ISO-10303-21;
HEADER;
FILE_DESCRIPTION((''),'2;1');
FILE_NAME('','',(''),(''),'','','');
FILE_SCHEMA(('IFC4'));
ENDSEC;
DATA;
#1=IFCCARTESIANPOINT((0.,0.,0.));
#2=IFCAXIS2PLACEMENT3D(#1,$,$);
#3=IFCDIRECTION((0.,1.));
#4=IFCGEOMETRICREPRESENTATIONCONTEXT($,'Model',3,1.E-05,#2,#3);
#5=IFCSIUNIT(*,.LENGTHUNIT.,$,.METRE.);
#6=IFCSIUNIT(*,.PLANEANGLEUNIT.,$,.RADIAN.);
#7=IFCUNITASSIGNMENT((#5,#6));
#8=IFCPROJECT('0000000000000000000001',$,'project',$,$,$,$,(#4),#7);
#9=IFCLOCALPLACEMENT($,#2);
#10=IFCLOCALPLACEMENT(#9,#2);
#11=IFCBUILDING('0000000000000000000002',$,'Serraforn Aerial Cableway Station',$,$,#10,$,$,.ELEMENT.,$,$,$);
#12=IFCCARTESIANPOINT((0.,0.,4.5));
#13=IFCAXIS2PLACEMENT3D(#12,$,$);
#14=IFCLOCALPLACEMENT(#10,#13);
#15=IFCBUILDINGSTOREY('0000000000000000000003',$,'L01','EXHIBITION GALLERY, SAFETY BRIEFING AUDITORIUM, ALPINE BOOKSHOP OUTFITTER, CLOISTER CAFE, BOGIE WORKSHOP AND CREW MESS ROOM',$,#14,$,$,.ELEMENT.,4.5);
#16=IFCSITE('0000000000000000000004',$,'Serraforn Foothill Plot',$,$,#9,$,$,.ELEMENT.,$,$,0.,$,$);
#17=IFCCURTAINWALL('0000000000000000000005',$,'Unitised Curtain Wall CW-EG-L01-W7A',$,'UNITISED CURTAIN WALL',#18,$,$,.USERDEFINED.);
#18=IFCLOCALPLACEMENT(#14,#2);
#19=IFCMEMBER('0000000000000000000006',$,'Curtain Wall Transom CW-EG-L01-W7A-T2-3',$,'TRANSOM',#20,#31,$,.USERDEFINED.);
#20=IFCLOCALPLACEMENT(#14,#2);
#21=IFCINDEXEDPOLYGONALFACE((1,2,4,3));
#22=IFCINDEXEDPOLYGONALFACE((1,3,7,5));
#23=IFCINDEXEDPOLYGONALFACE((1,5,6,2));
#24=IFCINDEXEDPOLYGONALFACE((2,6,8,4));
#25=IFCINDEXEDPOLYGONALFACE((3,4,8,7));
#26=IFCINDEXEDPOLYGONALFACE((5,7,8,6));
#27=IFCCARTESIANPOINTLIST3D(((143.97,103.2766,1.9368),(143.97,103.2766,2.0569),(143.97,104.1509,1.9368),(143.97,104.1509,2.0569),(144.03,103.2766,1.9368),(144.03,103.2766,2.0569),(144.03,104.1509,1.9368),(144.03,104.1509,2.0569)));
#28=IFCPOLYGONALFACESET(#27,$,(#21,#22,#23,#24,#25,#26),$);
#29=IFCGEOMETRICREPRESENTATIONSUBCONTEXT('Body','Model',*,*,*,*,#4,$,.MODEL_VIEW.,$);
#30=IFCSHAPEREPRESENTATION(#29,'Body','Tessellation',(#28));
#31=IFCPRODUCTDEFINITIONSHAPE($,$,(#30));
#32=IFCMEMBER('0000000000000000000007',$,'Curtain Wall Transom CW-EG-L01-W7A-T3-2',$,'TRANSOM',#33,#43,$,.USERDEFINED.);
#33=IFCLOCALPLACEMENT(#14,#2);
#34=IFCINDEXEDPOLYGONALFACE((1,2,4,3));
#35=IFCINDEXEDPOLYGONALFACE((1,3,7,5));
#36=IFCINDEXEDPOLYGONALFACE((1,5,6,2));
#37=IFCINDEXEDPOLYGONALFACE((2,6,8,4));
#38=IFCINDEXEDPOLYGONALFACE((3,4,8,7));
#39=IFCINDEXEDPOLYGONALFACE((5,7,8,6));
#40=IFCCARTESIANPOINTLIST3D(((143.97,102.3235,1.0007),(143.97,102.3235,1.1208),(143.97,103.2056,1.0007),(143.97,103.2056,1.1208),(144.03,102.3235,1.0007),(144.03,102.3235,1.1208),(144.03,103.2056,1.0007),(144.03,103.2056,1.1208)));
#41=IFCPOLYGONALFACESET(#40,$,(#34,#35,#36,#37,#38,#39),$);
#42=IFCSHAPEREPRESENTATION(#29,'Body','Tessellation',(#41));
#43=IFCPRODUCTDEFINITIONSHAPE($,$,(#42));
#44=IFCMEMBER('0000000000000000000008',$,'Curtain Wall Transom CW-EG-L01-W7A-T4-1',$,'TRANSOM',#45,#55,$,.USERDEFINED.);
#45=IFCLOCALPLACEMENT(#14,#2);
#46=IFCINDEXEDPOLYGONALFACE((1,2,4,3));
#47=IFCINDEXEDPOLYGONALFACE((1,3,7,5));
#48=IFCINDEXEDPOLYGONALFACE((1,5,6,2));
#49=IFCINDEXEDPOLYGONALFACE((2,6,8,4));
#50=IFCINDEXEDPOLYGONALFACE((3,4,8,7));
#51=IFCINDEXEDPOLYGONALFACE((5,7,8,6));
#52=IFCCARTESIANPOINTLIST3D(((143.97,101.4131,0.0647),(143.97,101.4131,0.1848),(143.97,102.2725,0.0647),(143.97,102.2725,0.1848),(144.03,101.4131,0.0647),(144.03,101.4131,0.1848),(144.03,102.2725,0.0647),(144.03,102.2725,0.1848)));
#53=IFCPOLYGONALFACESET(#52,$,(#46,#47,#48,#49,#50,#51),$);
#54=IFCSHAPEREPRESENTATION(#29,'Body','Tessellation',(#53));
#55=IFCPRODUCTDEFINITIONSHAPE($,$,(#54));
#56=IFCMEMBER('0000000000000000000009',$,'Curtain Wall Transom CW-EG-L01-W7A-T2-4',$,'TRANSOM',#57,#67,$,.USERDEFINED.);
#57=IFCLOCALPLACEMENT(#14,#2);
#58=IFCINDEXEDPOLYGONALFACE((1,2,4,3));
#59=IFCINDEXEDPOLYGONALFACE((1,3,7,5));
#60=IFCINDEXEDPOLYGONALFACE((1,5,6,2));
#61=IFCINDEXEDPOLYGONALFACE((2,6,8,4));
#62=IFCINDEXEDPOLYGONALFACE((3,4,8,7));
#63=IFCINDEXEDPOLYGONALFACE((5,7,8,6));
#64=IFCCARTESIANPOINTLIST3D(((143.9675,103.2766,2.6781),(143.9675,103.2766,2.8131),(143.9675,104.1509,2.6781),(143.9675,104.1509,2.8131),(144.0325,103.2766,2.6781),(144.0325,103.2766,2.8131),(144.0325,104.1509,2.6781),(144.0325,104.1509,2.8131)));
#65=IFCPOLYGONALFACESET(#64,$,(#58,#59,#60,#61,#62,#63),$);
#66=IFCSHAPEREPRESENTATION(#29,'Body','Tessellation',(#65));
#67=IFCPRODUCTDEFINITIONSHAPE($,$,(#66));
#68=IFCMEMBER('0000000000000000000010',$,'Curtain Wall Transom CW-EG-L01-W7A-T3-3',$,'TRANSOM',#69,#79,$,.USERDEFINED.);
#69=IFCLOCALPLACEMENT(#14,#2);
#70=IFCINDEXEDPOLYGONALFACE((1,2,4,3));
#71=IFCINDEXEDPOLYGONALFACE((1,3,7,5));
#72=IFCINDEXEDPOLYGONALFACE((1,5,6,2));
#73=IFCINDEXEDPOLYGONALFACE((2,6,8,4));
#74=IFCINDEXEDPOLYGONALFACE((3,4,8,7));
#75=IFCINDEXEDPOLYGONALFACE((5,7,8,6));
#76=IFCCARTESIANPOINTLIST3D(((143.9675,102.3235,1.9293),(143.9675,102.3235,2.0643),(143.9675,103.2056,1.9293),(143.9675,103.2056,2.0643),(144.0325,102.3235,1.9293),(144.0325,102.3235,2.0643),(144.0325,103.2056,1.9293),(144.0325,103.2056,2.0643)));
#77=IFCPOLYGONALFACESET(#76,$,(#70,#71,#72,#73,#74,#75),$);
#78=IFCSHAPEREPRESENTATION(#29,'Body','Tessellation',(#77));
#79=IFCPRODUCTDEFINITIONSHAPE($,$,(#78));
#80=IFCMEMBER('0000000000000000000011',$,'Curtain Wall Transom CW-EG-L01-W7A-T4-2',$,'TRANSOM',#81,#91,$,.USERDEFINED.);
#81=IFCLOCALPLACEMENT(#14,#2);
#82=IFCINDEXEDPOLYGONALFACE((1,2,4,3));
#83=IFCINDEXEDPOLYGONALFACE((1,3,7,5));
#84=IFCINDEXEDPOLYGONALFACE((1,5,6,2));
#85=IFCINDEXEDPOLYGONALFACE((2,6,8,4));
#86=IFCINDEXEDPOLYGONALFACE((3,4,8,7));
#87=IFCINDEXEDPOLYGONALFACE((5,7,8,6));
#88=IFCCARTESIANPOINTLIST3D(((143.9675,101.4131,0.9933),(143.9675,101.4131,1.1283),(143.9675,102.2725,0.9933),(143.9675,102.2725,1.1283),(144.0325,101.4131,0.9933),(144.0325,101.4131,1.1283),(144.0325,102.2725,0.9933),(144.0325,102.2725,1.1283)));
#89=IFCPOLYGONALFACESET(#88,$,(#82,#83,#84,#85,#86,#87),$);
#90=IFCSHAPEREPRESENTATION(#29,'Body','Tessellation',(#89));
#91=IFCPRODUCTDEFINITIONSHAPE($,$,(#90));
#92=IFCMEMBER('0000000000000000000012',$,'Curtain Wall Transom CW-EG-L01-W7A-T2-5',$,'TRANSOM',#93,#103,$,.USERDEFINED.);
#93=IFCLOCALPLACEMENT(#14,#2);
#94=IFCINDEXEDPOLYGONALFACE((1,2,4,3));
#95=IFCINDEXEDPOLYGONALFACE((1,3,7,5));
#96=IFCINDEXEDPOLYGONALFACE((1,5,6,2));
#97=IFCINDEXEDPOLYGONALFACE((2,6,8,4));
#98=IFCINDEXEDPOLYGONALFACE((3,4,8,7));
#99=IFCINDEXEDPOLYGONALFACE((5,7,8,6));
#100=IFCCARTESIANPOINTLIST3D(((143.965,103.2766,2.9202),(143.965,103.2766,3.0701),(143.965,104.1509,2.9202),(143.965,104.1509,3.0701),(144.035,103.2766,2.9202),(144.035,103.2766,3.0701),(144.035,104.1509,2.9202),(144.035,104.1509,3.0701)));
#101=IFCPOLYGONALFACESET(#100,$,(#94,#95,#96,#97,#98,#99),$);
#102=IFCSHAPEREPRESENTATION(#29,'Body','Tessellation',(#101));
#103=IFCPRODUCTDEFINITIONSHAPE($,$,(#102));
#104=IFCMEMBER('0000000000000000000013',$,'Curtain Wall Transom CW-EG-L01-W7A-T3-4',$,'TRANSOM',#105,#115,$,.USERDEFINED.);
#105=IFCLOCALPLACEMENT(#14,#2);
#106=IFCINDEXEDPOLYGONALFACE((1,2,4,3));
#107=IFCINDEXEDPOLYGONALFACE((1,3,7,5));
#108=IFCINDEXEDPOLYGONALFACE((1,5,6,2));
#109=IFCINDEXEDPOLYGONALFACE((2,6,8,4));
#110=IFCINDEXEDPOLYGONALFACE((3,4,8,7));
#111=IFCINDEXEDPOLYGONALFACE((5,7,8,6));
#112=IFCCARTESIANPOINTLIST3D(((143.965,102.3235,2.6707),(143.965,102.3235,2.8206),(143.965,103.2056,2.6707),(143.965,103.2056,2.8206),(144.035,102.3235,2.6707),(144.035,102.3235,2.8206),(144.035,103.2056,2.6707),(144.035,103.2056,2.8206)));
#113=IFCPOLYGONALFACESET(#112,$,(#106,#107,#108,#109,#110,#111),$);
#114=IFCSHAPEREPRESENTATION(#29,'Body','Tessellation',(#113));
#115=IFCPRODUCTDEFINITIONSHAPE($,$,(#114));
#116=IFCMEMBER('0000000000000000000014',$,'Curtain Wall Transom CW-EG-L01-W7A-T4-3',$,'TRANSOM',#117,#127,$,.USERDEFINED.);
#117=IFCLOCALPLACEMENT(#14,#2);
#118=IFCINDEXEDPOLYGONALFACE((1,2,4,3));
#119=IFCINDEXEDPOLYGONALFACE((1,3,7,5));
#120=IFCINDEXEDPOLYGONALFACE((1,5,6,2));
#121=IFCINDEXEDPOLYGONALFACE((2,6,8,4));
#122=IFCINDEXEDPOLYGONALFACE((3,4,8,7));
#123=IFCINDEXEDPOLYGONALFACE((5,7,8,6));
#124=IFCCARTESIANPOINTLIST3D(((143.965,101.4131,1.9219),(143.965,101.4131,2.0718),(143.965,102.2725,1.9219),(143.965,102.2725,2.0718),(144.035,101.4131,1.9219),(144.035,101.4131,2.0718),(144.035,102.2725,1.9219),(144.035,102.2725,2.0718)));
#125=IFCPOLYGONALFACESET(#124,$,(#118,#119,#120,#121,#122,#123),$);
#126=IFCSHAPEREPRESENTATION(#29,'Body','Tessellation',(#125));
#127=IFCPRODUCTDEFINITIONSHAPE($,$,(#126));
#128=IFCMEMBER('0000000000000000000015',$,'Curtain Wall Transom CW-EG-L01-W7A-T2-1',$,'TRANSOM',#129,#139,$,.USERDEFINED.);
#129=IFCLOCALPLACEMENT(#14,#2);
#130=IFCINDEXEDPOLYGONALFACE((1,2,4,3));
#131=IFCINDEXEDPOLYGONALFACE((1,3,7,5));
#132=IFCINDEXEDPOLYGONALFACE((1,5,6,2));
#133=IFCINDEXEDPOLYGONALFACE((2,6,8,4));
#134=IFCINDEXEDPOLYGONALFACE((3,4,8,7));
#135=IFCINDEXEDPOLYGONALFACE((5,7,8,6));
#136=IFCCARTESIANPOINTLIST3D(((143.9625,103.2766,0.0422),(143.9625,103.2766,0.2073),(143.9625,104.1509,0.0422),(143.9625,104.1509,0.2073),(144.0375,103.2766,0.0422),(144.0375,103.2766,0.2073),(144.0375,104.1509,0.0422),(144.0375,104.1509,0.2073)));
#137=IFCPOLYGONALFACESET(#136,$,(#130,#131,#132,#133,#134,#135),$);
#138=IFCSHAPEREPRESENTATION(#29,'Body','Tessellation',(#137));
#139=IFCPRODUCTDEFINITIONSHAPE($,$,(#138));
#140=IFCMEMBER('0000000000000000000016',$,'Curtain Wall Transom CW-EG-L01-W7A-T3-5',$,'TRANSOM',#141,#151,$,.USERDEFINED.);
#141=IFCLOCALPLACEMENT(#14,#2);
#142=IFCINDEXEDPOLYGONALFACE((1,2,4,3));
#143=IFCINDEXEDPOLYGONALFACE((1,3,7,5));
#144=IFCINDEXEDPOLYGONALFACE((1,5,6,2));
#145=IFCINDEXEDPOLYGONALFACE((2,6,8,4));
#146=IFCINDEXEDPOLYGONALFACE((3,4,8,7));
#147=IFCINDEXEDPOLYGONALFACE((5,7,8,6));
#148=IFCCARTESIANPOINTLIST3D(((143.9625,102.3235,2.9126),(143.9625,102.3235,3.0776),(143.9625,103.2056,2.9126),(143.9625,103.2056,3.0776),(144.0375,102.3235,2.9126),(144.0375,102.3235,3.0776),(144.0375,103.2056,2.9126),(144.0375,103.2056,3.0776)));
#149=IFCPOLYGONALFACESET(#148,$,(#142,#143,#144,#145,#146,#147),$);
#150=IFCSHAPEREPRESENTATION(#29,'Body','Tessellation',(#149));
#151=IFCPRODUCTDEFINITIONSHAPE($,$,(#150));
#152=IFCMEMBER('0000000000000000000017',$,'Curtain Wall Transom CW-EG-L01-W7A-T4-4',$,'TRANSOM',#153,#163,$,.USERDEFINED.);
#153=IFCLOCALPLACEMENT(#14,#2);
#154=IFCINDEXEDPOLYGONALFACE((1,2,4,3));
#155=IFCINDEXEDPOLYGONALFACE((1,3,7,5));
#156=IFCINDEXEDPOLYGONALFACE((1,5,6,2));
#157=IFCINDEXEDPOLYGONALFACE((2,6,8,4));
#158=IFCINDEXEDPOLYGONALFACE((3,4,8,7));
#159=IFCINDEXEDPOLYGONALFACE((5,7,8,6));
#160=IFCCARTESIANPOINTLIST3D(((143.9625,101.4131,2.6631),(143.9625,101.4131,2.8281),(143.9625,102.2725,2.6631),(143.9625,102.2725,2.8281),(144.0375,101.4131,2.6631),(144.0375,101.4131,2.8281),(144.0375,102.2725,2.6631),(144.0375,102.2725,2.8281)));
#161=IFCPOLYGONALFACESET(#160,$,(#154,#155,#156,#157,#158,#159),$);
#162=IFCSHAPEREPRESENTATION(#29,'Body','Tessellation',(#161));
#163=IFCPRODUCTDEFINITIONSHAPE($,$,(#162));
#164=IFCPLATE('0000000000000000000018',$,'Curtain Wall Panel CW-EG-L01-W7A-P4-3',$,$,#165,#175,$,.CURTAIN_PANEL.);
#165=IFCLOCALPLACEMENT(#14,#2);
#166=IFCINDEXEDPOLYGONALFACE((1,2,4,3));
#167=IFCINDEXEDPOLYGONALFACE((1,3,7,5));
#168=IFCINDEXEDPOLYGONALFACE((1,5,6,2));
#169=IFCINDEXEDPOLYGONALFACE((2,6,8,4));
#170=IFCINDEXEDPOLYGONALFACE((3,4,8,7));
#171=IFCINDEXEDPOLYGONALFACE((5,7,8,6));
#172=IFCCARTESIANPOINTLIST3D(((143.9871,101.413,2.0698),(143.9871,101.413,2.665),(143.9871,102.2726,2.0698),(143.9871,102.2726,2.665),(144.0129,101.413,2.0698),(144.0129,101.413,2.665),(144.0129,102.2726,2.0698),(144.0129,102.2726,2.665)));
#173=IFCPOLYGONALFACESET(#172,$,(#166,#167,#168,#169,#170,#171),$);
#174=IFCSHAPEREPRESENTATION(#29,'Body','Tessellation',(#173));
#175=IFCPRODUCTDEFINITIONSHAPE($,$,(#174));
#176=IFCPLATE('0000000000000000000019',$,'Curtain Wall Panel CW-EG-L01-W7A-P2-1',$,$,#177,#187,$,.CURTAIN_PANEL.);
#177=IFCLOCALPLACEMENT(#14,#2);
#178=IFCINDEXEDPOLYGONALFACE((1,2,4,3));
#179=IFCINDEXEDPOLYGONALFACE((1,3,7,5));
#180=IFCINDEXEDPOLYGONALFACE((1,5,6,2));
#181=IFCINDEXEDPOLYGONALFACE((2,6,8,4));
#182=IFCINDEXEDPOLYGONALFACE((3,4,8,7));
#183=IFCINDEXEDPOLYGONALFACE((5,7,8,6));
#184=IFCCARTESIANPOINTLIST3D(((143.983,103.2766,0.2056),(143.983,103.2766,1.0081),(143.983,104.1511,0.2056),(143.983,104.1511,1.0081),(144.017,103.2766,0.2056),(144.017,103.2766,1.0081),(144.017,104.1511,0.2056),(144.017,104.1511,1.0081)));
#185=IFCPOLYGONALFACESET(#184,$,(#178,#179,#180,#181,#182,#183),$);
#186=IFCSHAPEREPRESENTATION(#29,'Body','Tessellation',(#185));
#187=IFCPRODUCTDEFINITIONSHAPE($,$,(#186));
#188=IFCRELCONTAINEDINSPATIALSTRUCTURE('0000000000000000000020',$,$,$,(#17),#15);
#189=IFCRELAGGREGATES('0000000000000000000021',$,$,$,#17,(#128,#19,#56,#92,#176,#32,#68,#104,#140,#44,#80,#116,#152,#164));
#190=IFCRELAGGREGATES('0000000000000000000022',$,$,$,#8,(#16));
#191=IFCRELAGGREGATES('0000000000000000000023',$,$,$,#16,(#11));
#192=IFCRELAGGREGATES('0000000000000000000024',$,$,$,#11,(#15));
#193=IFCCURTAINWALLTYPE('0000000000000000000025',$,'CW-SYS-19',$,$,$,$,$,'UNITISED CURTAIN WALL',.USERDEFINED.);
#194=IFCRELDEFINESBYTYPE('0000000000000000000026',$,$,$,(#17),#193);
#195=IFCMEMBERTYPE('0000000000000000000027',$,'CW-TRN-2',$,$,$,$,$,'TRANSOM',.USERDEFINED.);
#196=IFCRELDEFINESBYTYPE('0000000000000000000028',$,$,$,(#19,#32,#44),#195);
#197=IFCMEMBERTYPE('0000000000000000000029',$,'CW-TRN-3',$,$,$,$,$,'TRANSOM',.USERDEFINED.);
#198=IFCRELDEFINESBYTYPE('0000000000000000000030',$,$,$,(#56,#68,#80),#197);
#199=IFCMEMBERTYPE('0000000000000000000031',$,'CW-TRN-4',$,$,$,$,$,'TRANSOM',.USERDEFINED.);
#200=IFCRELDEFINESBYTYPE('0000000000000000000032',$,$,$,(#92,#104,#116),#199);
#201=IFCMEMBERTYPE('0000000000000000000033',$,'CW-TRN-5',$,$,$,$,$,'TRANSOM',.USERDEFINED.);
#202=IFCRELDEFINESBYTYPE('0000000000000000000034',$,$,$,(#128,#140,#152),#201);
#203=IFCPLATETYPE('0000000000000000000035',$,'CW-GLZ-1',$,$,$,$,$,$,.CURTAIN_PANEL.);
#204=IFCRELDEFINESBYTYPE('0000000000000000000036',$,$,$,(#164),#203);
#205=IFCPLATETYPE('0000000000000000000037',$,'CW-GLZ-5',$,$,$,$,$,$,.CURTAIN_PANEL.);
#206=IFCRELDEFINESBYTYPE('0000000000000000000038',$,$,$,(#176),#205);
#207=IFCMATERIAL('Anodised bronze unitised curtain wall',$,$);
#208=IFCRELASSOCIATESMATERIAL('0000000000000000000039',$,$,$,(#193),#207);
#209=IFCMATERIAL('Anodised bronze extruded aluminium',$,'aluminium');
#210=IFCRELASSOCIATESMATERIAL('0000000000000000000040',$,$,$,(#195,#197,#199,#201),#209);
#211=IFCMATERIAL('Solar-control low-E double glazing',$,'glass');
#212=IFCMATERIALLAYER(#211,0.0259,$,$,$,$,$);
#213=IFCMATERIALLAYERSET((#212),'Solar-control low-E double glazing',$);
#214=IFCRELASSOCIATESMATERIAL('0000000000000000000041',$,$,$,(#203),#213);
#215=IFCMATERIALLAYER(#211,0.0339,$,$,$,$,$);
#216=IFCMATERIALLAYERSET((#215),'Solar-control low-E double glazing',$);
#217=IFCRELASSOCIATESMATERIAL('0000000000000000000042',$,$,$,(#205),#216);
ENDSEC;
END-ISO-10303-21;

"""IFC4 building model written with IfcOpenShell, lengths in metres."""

from ifc_helpers import new_model, si_unit, direction, frame, origin, origin_2d, place, context, subcontext, project, spatial, rectangle, extrude, material, layer, layer_set, material_profile, profile_set, type_object, element, aggregate, save


model = new_model("IFC4")

# Units and contexts
model_context = context("Model", 3, precision=1e-05, world=origin(), true_north=direction((0.0, 1.0)))
body_context = subcontext(model_context, "Body", "Model", "MODEL_VIEW")
ifc_project = project(units=[si_unit("LENGTHUNIT", "METRE"), si_unit("PLANEANGLEUNIT", "RADIAN")], contexts=[model_context])

# Site, building, storey
site_placement = place(None, origin())
site = spatial("IfcSite", under=ifc_project, at=site_placement, Name="Serraforn Foothill Plot", CompositionType="ELEMENT", RefElevation=0.0)
building_placement = place(site_placement, origin())
building = spatial("IfcBuilding", under=site, at=building_placement, Name="Serraforn Aerial Cableway Station", CompositionType="ELEMENT")
storey_placement = place(building_placement, frame((0.0, 0.0, 4.5)))
storey = spatial("IfcBuildingStorey", under=building, at=storey_placement, Name="L01", Description="EXHIBITION GALLERY, SAFETY BRIEFING AUDITORIUM, ALPINE BOOKSHOP OUTFITTER, CLOISTER CAFE, BOGIE WORKSHOP AND CREW MESS ROOM", CompositionType="ELEMENT", Elevation=4.5)

# Curtain wall, members, plates
ifc_material_1 = material(Name="Anodised bronze unitised curtain wall")
curtain_wall_type = type_object("IfcCurtainWallType", Name="CW-SYS-19", ElementType="UNITISED CURTAIN WALL", PredefinedType="USERDEFINED", material=ifc_material_1)
curtain_wall_placement = place(storey_placement, origin())
curtain_wall = element("IfcCurtainWall", 1, at=curtain_wall_placement, inside=storey, type_object=curtain_wall_type, Name="Unitised Curtain Wall CW-EG-L01-W7A", ObjectType="UNITISED CURTAIN WALL", PredefinedType="USERDEFINED")
ifc_material_2 = material(Name="Anodised bronze extruded aluminium", Category="aluminium")
ifc_material_profile_1 = material_profile(ifc_material_2, rectangle(XDim=0.0601, YDim=0.1201, at=origin_2d()), Name="CW TRANSOM 60x120")
ifc_profile_set_1 = profile_set([ifc_material_profile_1], Name="Anodised bronze extruded aluminium")
member_type_1 = type_object("IfcMemberType", Name="CW-TRN-2", ElementType="TRANSOM", PredefinedType="USERDEFINED", material=ifc_profile_set_1)
member_1_placement = place(storey_placement, frame((144.0, 104.1509, 1.9968), z_axis=(0.0, -1.0, 0.0), x_axis=(1.0, 0.0, 0.0)))
member_1 = element("IfcMember", 2, at=member_1_placement, type_object=member_type_1, Name="Curtain Wall Transom CW-EG-L01-W7A-T2-3", ObjectType="TRANSOM", PredefinedType="USERDEFINED", context=body_context, shape_type="SweptSolid", body=[
    extrude(rectangle(XDim=0.0601, YDim=0.1201, at=origin_2d()), origin(), (0.0, 0.0, 1.0), 0.8743),
])
member_2_placement = place(storey_placement, frame((144.0, 103.2056, 1.0608), z_axis=(0.0, -1.0, 0.0), x_axis=(1.0, 0.0, 0.0)))
member_2 = element("IfcMember", 3, at=member_2_placement, type_object=member_type_1, Name="Curtain Wall Transom CW-EG-L01-W7A-T3-2", ObjectType="TRANSOM", PredefinedType="USERDEFINED", context=body_context, shape_type="SweptSolid", body=[
    extrude(rectangle(XDim=0.0601, YDim=0.1201, at=origin_2d()), origin(), (0.0, 0.0, 1.0), 0.8821),
])
member_3_placement = place(storey_placement, frame((144.0, 102.2725, 0.1248), z_axis=(0.0, -1.0, 0.0), x_axis=(1.0, 0.0, 0.0)))
member_3 = element("IfcMember", 4, at=member_3_placement, type_object=member_type_1, Name="Curtain Wall Transom CW-EG-L01-W7A-T4-1", ObjectType="TRANSOM", PredefinedType="USERDEFINED", context=body_context, shape_type="SweptSolid", body=[
    extrude(rectangle(XDim=0.0601, YDim=0.1201, at=origin_2d()), origin(), (0.0, 0.0, 1.0), 0.8594),
])
ifc_material_profile_2 = material_profile(ifc_material_2, rectangle(XDim=0.0649, YDim=0.135, at=origin_2d()), Name="CW TRANSOM 65x135")
ifc_profile_set_2 = profile_set([ifc_material_profile_2], Name="Anodised bronze extruded aluminium")
member_type_2 = type_object("IfcMemberType", Name="CW-TRN-3", ElementType="TRANSOM", PredefinedType="USERDEFINED", material=ifc_profile_set_2)
member_4_placement = place(storey_placement, frame((144.0, 104.1509, 2.7456), z_axis=(0.0, -1.0, 0.0), x_axis=(1.0, 0.0, 0.0)))
member_4 = element("IfcMember", 5, at=member_4_placement, type_object=member_type_2, Name="Curtain Wall Transom CW-EG-L01-W7A-T2-4", ObjectType="TRANSOM", PredefinedType="USERDEFINED", context=body_context, shape_type="SweptSolid", body=[
    extrude(rectangle(XDim=0.0649, YDim=0.135, at=origin_2d()), origin(), (0.0, 0.0, 1.0), 0.8743),
])
member_5_placement = place(storey_placement, frame((144.0, 103.2056, 1.9968), z_axis=(0.0, -1.0, 0.0), x_axis=(1.0, 0.0, 0.0)))
member_5 = element("IfcMember", 6, at=member_5_placement, type_object=member_type_2, Name="Curtain Wall Transom CW-EG-L01-W7A-T3-3", ObjectType="TRANSOM", PredefinedType="USERDEFINED", context=body_context, shape_type="SweptSolid", body=[
    extrude(rectangle(XDim=0.0649, YDim=0.135, at=origin_2d()), origin(), (0.0, 0.0, 1.0), 0.8821),
])
member_6_placement = place(storey_placement, frame((144.0, 102.2725, 1.0608), z_axis=(0.0, -1.0, 0.0), x_axis=(1.0, 0.0, 0.0)))
member_6 = element("IfcMember", 7, at=member_6_placement, type_object=member_type_2, Name="Curtain Wall Transom CW-EG-L01-W7A-T4-2", ObjectType="TRANSOM", PredefinedType="USERDEFINED", context=body_context, shape_type="SweptSolid", body=[
    extrude(rectangle(XDim=0.0649, YDim=0.135, at=origin_2d()), origin(), (0.0, 0.0, 1.0), 0.8594),
])
ifc_material_profile_3 = material_profile(ifc_material_2, rectangle(XDim=0.0701, YDim=0.1499, at=origin_2d()), Name="CW TRANSOM 70x150")
ifc_profile_set_3 = profile_set([ifc_material_profile_3], Name="Anodised bronze extruded aluminium")
member_type_3 = type_object("IfcMemberType", Name="CW-TRN-4", ElementType="TRANSOM", PredefinedType="USERDEFINED", material=ifc_profile_set_3)
member_7_placement = place(storey_placement, frame((144.0, 104.1509, 2.9951), z_axis=(0.0, -1.0, 0.0), x_axis=(1.0, 0.0, 0.0)))
member_7 = element("IfcMember", 8, at=member_7_placement, type_object=member_type_3, Name="Curtain Wall Transom CW-EG-L01-W7A-T2-5", ObjectType="TRANSOM", PredefinedType="USERDEFINED", context=body_context, shape_type="SweptSolid", body=[
    extrude(rectangle(XDim=0.0701, YDim=0.1499, at=origin_2d()), origin(), (0.0, 0.0, 1.0), 0.8743),
])
member_8_placement = place(storey_placement, frame((144.0, 103.2056, 2.7456), z_axis=(0.0, -1.0, 0.0), x_axis=(1.0, 0.0, 0.0)))
member_8 = element("IfcMember", 9, at=member_8_placement, type_object=member_type_3, Name="Curtain Wall Transom CW-EG-L01-W7A-T3-4", ObjectType="TRANSOM", PredefinedType="USERDEFINED", context=body_context, shape_type="SweptSolid", body=[
    extrude(rectangle(XDim=0.0701, YDim=0.1499, at=origin_2d()), origin(), (0.0, 0.0, 1.0), 0.8821),
])
member_9_placement = place(storey_placement, frame((144.0, 102.2725, 1.9968), z_axis=(0.0, -1.0, 0.0), x_axis=(1.0, 0.0, 0.0)))
member_9 = element("IfcMember", 10, at=member_9_placement, type_object=member_type_3, Name="Curtain Wall Transom CW-EG-L01-W7A-T4-3", ObjectType="TRANSOM", PredefinedType="USERDEFINED", context=body_context, shape_type="SweptSolid", body=[
    extrude(rectangle(XDim=0.0701, YDim=0.1499, at=origin_2d()), origin(), (0.0, 0.0, 1.0), 0.8594),
])
ifc_material_profile_4 = material_profile(ifc_material_2, rectangle(XDim=0.075, YDim=0.165, at=origin_2d()), Name="CW TRANSOM 75x165")
ifc_profile_set_4 = profile_set([ifc_material_profile_4], Name="Anodised bronze extruded aluminium")
member_type_4 = type_object("IfcMemberType", Name="CW-TRN-5", ElementType="TRANSOM", PredefinedType="USERDEFINED", material=ifc_profile_set_4)
member_10_placement = place(storey_placement, frame((144.0, 104.1509, 0.1248), z_axis=(0.0, -1.0, 0.0), x_axis=(1.0, 0.0, 0.0)))
member_10 = element("IfcMember", 11, at=member_10_placement, type_object=member_type_4, Name="Curtain Wall Transom CW-EG-L01-W7A-T2-1", ObjectType="TRANSOM", PredefinedType="USERDEFINED", context=body_context, shape_type="SweptSolid", body=[
    extrude(rectangle(XDim=0.075, YDim=0.165, at=origin_2d()), origin(), (0.0, 0.0, 1.0), 0.8743),
])
member_11_placement = place(storey_placement, frame((144.0, 103.2056, 2.9951), z_axis=(0.0, -1.0, 0.0), x_axis=(1.0, 0.0, 0.0)))
member_11 = element("IfcMember", 12, at=member_11_placement, type_object=member_type_4, Name="Curtain Wall Transom CW-EG-L01-W7A-T3-5", ObjectType="TRANSOM", PredefinedType="USERDEFINED", context=body_context, shape_type="SweptSolid", body=[
    extrude(rectangle(XDim=0.075, YDim=0.165, at=origin_2d()), origin(), (0.0, 0.0, 1.0), 0.8821),
])
member_12_placement = place(storey_placement, frame((144.0, 102.2725, 2.7456), z_axis=(0.0, -1.0, 0.0), x_axis=(1.0, 0.0, 0.0)))
member_12 = element("IfcMember", 13, at=member_12_placement, type_object=member_type_4, Name="Curtain Wall Transom CW-EG-L01-W7A-T4-4", ObjectType="TRANSOM", PredefinedType="USERDEFINED", context=body_context, shape_type="SweptSolid", body=[
    extrude(rectangle(XDim=0.075, YDim=0.165, at=origin_2d()), origin(), (0.0, 0.0, 1.0), 0.8594),
])
ifc_material_3 = material(Name="Solar-control low-E double glazing", Category="glass")
ifc_layer_1 = layer(ifc_material_3, 0.0259)
ifc_layer_set_1 = layer_set([ifc_layer_1], Name="Solar-control low-E double glazing")
plate_type_1 = type_object("IfcPlateType", Name="CW-GLZ-1", PredefinedType="CURTAIN_PANEL", material=ifc_layer_set_1)
plate_1_placement = place(storey_placement, frame((144.0, 101.8428, 2.0698), z_axis=(0.0, 0.0, 1.0), x_axis=(1.0, 0.0, 0.0)))
plate_1 = element("IfcPlate", 14, at=plate_1_placement, type_object=plate_type_1, Name="Curtain Wall Panel CW-EG-L01-W7A-P4-3", PredefinedType="CURTAIN_PANEL", context=body_context, shape_type="SweptSolid", body=[
    extrude(rectangle(XDim=0.0259, YDim=0.8596, at=origin_2d()), origin(), (0.0, 0.0, 1.0), 0.5952),
])
ifc_layer_2 = layer(ifc_material_3, 0.0339)
ifc_layer_set_2 = layer_set([ifc_layer_2], Name="Solar-control low-E double glazing")
plate_type_2 = type_object("IfcPlateType", Name="CW-GLZ-5", PredefinedType="CURTAIN_PANEL", material=ifc_layer_set_2)
plate_2_placement = place(storey_placement, frame((144.0, 103.7139, 0.2056), z_axis=(0.0, 0.0, 1.0), x_axis=(1.0, 0.0, 0.0)))
plate_2 = element("IfcPlate", 15, at=plate_2_placement, type_object=plate_type_2, Name="Curtain Wall Panel CW-EG-L01-W7A-P2-1", PredefinedType="CURTAIN_PANEL", context=body_context, shape_type="SweptSolid", body=[
    extrude(rectangle(XDim=0.0339, YDim=0.8745, at=origin_2d()), origin(), (0.0, 0.0, 1.0), 0.8025),
])
aggregate(curtain_wall, [member_10, member_1, member_4, member_7, plate_2, member_2, member_5, member_8, member_11, member_3, member_6, member_9, member_12, plate_1])

save(model, "model.ifc")
